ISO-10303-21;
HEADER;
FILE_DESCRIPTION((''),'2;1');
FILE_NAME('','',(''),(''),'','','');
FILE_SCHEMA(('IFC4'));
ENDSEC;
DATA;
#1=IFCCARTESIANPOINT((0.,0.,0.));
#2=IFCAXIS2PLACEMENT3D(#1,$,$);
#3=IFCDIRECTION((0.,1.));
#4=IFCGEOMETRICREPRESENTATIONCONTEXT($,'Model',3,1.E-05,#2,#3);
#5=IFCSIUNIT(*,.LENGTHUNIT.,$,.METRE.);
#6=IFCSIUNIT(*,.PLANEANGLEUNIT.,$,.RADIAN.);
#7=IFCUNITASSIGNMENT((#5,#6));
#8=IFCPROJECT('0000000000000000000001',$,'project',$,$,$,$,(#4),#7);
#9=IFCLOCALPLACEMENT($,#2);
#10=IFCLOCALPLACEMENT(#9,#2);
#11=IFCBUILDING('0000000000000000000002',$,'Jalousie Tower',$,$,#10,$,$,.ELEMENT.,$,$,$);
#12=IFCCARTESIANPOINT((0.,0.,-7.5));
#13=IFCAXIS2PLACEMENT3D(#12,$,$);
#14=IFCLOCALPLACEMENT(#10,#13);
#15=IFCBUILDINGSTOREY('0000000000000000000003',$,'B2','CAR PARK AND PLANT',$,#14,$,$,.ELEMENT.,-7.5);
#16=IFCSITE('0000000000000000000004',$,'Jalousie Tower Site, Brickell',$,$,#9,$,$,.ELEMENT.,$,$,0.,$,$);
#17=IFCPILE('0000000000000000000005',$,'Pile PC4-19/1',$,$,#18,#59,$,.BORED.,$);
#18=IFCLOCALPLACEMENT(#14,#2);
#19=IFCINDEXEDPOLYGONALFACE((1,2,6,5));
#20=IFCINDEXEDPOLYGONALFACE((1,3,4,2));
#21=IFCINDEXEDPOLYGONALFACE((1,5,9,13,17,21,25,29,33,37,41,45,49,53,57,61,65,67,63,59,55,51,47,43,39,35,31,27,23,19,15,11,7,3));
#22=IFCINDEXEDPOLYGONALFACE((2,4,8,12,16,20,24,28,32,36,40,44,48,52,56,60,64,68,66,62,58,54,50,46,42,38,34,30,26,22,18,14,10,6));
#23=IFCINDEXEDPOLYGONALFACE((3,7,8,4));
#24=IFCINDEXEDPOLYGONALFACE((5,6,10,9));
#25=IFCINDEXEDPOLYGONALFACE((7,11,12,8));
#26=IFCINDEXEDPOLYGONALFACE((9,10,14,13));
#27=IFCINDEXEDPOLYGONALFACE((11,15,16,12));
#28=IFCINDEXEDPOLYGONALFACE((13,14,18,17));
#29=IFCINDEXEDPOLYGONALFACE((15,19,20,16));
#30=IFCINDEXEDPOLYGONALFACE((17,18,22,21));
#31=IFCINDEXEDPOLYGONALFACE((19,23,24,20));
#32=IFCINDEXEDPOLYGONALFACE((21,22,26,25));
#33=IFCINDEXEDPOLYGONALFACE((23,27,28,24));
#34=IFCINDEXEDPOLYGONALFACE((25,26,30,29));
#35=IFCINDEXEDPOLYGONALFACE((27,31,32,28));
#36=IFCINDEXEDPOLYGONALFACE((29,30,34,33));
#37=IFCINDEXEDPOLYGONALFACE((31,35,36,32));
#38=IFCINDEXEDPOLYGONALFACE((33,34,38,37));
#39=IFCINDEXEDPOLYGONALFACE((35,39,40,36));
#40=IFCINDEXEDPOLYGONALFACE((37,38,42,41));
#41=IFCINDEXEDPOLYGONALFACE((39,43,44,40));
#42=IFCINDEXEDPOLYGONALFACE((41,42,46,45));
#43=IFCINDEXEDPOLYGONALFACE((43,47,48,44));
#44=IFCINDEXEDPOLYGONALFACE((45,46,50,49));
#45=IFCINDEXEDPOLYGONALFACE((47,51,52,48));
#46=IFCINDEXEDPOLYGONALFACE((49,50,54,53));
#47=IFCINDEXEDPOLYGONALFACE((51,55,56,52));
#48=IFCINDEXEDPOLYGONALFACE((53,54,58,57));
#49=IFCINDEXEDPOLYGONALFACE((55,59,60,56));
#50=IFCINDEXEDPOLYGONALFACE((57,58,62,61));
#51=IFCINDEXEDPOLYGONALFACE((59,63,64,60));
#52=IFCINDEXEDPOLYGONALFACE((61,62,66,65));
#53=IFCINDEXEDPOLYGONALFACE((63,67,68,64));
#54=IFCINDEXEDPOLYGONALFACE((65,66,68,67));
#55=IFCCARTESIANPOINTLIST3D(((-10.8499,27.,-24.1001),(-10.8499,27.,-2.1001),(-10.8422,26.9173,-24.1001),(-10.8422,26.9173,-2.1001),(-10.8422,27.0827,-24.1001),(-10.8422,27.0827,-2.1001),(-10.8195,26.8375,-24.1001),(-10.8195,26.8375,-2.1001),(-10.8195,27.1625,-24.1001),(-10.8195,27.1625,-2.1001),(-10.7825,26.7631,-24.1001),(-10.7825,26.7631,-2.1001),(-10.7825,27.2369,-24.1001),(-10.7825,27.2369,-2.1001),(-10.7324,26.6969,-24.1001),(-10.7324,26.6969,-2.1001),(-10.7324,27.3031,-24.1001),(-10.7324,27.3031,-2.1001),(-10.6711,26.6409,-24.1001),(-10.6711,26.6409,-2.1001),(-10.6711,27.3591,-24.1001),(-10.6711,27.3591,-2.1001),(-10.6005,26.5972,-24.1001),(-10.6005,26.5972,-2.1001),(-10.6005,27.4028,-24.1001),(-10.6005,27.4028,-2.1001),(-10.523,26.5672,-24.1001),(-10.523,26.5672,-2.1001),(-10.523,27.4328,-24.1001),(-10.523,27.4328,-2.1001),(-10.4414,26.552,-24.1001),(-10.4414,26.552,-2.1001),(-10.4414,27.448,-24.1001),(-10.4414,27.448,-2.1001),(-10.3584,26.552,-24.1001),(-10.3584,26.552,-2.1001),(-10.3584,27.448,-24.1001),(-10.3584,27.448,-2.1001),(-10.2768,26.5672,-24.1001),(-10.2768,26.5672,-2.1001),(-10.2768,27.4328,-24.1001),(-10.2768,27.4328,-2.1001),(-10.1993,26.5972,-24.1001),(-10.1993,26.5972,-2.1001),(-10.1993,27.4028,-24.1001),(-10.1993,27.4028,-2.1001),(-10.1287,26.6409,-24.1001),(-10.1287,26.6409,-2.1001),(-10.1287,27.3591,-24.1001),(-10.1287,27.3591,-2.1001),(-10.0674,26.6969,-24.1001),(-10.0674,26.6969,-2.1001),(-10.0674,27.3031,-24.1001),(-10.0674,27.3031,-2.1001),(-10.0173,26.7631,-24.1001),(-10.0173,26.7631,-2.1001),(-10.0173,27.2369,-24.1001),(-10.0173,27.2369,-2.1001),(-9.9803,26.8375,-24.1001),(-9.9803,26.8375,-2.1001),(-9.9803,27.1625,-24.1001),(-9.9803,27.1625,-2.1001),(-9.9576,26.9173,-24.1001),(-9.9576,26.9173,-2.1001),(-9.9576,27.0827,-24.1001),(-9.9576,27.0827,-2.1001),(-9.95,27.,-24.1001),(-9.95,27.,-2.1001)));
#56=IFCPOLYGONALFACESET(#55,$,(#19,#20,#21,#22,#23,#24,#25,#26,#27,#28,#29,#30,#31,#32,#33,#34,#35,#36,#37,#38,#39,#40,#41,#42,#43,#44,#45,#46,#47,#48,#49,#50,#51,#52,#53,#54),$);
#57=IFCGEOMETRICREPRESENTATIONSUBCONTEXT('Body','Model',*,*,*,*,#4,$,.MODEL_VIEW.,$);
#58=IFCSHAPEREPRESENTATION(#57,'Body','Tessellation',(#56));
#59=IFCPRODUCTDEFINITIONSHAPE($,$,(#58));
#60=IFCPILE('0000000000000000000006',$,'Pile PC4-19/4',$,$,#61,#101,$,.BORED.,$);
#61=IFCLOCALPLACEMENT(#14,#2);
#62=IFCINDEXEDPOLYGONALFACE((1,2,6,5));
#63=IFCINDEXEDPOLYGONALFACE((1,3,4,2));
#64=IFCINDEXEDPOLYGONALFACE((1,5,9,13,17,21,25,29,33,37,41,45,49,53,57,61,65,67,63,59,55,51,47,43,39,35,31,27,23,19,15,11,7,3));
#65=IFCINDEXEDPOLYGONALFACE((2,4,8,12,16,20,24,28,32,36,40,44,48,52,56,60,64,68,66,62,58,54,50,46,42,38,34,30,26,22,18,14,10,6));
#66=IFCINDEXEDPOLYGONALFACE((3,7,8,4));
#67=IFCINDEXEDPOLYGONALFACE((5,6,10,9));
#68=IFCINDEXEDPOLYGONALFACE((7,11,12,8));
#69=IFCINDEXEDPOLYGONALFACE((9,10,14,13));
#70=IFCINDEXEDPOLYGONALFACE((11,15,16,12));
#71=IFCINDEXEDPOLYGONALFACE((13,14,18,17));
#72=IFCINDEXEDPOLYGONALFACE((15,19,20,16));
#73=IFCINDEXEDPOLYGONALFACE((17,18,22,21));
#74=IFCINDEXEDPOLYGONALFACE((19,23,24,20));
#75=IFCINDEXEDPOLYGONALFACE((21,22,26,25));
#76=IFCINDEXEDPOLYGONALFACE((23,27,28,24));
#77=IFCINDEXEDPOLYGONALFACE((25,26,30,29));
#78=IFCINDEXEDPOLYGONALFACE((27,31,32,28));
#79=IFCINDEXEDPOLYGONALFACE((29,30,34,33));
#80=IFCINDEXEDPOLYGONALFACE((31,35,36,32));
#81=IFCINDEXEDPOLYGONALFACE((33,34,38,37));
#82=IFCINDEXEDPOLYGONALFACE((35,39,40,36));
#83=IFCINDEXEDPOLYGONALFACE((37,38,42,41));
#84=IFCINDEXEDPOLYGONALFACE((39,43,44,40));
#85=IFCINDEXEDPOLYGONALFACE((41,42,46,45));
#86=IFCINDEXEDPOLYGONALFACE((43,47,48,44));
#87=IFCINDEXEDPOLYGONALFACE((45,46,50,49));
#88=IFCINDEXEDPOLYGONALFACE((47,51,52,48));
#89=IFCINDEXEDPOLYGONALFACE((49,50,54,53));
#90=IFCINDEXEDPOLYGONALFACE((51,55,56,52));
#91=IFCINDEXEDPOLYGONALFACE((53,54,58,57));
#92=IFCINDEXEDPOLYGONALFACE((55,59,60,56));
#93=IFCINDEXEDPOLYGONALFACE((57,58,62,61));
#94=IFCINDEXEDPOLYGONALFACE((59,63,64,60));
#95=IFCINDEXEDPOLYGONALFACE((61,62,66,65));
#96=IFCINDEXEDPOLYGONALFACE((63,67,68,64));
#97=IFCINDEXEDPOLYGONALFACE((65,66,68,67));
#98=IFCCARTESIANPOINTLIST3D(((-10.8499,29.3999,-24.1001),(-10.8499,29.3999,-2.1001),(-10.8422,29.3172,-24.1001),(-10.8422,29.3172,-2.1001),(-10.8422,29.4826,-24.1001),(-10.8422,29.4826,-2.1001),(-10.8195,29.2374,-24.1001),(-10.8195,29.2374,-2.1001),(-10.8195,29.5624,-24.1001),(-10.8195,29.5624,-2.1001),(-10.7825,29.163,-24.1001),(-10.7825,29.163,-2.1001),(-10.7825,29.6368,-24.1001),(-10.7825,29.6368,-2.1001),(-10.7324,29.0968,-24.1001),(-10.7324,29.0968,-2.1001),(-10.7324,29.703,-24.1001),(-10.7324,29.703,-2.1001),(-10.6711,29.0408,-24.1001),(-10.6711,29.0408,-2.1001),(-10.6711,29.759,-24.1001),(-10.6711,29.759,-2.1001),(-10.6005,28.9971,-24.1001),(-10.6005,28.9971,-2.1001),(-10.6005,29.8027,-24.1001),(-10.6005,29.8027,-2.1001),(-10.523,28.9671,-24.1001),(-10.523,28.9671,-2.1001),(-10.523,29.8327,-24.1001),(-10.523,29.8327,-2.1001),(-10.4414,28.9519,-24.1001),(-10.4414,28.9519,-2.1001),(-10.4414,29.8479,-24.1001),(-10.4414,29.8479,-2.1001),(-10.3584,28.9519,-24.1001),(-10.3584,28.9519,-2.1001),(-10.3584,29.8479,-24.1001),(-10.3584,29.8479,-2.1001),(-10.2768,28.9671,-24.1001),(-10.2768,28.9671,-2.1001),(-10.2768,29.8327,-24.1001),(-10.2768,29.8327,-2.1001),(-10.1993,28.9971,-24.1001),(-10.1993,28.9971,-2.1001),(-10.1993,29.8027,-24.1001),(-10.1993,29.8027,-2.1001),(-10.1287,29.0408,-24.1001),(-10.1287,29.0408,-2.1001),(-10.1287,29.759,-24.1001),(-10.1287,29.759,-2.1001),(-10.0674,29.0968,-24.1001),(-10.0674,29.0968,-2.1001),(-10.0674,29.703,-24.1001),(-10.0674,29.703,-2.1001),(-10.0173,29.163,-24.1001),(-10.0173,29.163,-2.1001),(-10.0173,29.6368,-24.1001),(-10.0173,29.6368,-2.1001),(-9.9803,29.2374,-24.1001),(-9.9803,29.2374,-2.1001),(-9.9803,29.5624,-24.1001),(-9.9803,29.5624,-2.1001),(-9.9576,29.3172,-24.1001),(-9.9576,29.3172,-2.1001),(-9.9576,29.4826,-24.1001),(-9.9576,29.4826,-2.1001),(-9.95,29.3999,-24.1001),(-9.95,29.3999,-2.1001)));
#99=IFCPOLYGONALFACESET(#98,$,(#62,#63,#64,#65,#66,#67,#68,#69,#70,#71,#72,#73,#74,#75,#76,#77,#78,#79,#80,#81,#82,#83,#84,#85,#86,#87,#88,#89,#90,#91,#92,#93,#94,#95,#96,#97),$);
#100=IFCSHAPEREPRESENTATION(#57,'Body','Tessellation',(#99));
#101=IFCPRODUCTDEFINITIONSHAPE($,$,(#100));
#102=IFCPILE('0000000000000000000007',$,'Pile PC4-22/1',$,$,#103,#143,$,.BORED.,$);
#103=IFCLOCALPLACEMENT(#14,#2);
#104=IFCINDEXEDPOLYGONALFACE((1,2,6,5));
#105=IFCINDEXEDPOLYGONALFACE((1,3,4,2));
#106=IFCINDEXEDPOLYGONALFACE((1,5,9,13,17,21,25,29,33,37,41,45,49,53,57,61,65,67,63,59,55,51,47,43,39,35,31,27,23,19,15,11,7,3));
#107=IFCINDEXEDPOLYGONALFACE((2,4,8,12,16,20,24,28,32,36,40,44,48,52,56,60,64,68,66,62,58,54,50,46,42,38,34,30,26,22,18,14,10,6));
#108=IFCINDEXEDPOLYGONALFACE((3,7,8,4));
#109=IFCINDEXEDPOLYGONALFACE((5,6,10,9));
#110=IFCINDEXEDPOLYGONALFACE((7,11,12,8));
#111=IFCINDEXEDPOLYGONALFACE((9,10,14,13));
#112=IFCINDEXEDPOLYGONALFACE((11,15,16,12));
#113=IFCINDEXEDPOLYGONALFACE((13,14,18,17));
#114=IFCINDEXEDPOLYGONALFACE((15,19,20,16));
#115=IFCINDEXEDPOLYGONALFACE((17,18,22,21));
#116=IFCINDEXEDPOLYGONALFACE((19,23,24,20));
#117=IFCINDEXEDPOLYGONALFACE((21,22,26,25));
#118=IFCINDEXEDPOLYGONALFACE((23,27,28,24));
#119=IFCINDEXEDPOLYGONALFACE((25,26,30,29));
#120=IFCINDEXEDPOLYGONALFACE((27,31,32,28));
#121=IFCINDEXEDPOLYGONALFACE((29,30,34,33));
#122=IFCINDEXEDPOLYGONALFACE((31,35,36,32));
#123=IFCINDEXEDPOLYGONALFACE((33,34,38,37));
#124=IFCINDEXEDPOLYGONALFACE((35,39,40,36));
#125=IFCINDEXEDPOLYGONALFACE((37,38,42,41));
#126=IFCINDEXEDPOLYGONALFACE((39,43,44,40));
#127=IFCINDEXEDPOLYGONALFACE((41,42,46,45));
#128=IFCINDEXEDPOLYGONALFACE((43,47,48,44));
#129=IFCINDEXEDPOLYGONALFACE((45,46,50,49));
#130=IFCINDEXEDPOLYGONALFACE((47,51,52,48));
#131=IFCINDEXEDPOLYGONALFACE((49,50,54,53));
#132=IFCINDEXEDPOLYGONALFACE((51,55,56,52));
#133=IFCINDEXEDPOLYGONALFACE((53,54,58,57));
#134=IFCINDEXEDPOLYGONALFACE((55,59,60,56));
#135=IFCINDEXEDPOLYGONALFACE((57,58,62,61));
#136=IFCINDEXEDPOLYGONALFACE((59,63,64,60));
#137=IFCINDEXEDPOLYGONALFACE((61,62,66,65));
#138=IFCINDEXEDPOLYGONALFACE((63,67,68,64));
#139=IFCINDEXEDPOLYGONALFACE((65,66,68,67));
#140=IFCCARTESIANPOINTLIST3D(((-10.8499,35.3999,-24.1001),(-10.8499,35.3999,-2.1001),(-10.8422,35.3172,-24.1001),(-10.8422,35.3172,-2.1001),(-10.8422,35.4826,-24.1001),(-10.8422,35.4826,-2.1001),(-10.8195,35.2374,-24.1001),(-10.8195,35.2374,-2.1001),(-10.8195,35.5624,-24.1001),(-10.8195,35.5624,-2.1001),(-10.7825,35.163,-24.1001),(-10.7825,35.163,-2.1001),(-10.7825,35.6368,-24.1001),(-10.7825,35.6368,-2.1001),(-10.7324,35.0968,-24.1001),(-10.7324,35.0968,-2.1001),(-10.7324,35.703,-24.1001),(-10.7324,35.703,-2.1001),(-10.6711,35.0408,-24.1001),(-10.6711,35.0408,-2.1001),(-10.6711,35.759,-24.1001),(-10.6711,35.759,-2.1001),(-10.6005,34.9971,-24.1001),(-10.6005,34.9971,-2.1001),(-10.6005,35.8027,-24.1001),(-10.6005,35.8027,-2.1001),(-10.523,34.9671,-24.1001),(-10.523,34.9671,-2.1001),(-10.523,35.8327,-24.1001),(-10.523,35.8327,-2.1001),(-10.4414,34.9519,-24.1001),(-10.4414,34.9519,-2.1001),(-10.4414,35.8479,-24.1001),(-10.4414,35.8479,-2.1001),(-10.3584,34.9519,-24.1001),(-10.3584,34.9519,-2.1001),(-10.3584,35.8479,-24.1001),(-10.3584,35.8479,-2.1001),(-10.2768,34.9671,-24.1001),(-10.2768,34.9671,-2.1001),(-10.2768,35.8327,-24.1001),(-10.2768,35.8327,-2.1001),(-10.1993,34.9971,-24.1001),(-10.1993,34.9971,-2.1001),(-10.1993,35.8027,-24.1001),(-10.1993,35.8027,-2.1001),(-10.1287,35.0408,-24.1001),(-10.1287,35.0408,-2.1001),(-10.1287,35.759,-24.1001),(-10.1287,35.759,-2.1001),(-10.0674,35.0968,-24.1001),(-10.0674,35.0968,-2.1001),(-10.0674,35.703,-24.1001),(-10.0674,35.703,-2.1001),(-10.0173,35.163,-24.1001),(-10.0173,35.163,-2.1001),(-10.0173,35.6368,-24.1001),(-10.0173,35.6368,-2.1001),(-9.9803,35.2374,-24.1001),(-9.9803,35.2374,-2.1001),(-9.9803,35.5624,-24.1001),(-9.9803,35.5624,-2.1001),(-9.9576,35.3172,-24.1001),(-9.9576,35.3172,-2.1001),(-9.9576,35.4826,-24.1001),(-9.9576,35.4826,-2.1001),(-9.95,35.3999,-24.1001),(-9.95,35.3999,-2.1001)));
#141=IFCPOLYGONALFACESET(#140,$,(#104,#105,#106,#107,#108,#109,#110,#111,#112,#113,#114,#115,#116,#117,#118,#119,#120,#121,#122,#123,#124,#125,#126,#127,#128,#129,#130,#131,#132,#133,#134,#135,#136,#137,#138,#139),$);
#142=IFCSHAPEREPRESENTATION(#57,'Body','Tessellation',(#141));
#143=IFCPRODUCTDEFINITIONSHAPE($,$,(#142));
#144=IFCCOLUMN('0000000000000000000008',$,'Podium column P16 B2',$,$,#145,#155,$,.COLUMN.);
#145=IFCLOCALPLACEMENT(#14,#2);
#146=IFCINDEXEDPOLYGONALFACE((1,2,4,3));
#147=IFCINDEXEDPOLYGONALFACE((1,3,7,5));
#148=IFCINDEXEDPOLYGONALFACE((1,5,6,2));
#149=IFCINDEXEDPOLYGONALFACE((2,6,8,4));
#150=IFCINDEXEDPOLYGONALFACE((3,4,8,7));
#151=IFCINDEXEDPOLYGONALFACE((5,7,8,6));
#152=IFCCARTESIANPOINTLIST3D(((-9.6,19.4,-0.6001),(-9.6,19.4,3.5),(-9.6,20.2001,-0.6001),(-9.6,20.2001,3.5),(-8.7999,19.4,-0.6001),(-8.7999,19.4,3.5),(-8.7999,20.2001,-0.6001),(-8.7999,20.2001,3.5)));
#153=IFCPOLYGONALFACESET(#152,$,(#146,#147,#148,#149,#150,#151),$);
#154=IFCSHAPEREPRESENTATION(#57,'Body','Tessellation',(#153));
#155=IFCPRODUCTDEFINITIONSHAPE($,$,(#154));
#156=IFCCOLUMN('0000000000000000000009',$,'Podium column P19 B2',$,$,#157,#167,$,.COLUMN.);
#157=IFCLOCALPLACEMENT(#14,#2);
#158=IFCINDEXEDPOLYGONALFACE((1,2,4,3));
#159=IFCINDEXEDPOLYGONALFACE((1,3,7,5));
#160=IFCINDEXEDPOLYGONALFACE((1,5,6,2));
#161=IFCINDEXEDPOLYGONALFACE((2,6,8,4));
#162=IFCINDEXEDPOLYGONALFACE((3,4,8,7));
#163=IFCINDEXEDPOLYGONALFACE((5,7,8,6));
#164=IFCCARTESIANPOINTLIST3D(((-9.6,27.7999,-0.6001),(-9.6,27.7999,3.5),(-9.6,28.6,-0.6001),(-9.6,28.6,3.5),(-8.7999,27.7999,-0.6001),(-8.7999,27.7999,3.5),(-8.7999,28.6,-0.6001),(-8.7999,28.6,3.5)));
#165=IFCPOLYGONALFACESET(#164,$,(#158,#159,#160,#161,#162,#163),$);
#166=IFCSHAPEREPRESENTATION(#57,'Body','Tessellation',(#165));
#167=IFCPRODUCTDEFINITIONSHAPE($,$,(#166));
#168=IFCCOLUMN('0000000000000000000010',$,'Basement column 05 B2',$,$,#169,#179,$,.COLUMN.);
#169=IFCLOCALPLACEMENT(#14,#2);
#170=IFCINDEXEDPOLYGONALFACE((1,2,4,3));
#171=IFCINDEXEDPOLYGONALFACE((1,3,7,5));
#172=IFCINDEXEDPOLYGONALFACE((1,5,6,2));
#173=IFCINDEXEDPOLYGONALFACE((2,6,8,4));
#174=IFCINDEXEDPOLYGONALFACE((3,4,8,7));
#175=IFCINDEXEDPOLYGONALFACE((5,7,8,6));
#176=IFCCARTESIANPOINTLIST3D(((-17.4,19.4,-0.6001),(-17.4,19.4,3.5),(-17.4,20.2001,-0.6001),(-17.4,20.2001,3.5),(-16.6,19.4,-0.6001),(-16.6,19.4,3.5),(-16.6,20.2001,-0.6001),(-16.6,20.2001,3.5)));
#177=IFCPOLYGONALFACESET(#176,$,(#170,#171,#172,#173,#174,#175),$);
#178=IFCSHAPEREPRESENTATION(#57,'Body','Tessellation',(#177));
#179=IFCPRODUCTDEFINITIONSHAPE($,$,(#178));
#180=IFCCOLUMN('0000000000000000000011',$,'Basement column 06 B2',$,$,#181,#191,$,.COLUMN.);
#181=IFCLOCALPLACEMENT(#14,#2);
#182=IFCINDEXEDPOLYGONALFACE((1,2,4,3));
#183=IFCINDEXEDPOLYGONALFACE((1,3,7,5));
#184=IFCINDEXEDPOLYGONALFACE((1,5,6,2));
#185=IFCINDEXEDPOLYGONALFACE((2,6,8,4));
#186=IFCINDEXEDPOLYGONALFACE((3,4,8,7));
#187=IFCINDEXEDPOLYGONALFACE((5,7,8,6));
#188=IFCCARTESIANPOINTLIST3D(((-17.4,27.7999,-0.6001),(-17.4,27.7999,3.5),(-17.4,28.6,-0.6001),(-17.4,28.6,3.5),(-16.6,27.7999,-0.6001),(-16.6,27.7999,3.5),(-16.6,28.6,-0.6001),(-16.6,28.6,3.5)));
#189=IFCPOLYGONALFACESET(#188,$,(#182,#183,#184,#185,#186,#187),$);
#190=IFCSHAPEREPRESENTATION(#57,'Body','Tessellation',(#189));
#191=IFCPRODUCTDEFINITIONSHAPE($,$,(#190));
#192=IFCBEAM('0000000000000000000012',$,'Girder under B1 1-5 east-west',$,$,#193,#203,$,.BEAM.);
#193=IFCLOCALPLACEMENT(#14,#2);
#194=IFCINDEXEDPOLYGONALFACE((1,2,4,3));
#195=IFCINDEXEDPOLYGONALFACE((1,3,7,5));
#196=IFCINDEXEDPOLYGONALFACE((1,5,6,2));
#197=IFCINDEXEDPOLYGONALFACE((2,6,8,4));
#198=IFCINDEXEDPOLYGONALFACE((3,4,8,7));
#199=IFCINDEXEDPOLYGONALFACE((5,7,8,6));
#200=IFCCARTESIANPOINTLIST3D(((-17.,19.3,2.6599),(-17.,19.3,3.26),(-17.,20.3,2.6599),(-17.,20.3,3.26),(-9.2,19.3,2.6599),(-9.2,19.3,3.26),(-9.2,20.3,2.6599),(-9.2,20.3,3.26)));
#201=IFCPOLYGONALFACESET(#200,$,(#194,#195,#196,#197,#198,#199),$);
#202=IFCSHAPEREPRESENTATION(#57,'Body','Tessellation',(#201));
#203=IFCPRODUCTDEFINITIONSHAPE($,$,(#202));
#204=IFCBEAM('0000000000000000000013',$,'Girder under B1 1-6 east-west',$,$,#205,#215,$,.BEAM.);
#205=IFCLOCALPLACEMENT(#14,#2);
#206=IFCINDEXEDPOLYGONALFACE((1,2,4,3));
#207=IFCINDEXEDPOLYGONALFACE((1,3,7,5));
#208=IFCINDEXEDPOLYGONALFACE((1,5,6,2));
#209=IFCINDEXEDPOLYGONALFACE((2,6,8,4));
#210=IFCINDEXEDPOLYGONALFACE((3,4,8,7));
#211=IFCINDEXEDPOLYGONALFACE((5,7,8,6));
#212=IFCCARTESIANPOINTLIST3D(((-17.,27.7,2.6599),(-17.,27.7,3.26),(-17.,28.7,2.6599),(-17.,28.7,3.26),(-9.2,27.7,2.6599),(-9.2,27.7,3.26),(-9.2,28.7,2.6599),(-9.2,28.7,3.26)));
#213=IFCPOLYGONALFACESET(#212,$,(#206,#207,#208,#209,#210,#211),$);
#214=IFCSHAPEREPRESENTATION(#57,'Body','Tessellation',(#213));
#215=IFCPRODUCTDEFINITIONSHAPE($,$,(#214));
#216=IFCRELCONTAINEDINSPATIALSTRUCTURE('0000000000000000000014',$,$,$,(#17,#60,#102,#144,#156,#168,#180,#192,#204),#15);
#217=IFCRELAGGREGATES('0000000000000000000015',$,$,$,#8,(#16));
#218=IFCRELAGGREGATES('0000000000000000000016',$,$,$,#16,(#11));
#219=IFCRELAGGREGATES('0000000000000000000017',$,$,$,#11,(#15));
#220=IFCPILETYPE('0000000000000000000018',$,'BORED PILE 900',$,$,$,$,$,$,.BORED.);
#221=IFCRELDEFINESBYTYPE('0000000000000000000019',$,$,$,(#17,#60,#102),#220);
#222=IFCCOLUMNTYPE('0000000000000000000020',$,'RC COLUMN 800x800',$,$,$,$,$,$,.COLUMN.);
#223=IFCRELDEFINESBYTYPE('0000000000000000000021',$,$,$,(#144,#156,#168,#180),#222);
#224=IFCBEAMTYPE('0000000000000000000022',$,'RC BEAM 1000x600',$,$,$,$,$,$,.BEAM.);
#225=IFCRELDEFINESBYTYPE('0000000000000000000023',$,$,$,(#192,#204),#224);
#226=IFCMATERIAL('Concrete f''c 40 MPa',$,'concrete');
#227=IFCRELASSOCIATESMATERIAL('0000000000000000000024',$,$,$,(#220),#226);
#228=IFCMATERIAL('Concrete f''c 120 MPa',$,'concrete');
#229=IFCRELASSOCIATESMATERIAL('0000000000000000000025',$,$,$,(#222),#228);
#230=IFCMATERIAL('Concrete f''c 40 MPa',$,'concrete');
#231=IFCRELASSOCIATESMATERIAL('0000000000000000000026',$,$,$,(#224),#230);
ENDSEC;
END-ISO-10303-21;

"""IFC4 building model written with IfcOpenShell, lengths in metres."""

from ifc_helpers import new_model, si_unit, direction, frame, origin, origin_2d, place, context, subcontext, project, spatial, rectangle, circle, extrude, material, material_profile, profile_set, type_object, element, save


model = new_model("IFC4")

# Units and contexts
model_context = context("Model", 3, precision=1e-05, world=origin(), true_north=direction((0.0, 1.0)))
body_context = subcontext(model_context, "Body", "Model", "MODEL_VIEW")
ifc_project = project(units=[si_unit("LENGTHUNIT", "METRE"), si_unit("PLANEANGLEUNIT", "RADIAN")], contexts=[model_context])

# Site, building, storey
site_placement = place(None, origin())
site = spatial("IfcSite", under=ifc_project, at=site_placement, Name="Jalousie Tower Site, Brickell", CompositionType="ELEMENT", RefElevation=0.0)
building_placement = place(site_placement, origin())
building = spatial("IfcBuilding", under=site, at=building_placement, Name="Jalousie Tower", CompositionType="ELEMENT")
storey_placement = place(building_placement, frame((0.0, 0.0, -7.5)))
storey = spatial("IfcBuildingStorey", under=building, at=storey_placement, Name="B2", Description="CAR PARK AND PLANT", CompositionType="ELEMENT", Elevation=-7.5)

# Piles
ifc_material_1 = material(Name="Concrete f'c 40 MPa", Category="concrete")
ifc_material_profile_1 = material_profile(ifc_material_1, circle(Radius=0.45, at=origin_2d()), Name="BORED PILE D900")
ifc_profile_set_1 = profile_set([ifc_material_profile_1], Name="Concrete f'c 40 MPa")
pile_type = type_object("IfcPileType", Name="BORED PILE 900", PredefinedType="BORED", material=ifc_profile_set_1)
for number, where, z_axis, x_axis, name in (
    (1, (-10.3999, 27.0, -2.1001), (0.0, 0.0, -1.0), (1.0, 0.0, 0.0), "Pile PC4-19/1"),
    (2, (-10.3999, 29.3999, -2.1001), (0.0, 0.0, -1.0), (1.0, 0.0, 0.0), "Pile PC4-19/4"),
    (3, (-10.3999, 35.3999, -2.1001), (0.0, 0.0, -1.0), (1.0, 0.0, 0.0), "Pile PC4-22/1"),
):
    element("IfcPile", number, at=place(storey_placement, frame(where, z_axis=z_axis, x_axis=x_axis)), inside=storey, type_object=pile_type, Name=name, PredefinedType="BORED", context=body_context, shape_type="SweptSolid", body=[
        extrude(circle(Radius=0.45, at=origin_2d()), origin(), (0.0, 0.0, 1.0), 22.0),
    ])

# Columns
ifc_material_2 = material(Name="Concrete f'c 120 MPa", Category="concrete")
ifc_material_profile_2 = material_profile(ifc_material_2, rectangle(XDim=0.8, YDim=0.8, at=origin_2d()), Name="RC 800x800")
ifc_profile_set_2 = profile_set([ifc_material_profile_2], Name="Concrete f'c 120 MPa")
column_type = type_object("IfcColumnType", Name="RC COLUMN 800x800", PredefinedType="COLUMN", material=ifc_profile_set_2)
for number, where, z_axis, x_axis, name in (
    (4, (-9.2, 19.8, -0.6001), (0.0, 0.0, 1.0), (1.0, 0.0, 0.0), "Podium column P16 B2"),
    (5, (-9.2, 28.2, -0.6001), (0.0, 0.0, 1.0), (1.0, 0.0, 0.0), "Podium column P19 B2"),
    (6, (-17.0, 19.8, -0.6001), (0.0, 0.0, 1.0), (1.0, 0.0, 0.0), "Basement column 05 B2"),
    (7, (-17.0, 28.2, -0.6001), (0.0, 0.0, 1.0), (1.0, 0.0, 0.0), "Basement column 06 B2"),
):
    element("IfcColumn", number, at=place(storey_placement, frame(where, z_axis=z_axis, x_axis=x_axis)), inside=storey, type_object=column_type, Name=name, PredefinedType="COLUMN", context=body_context, shape_type="SweptSolid", body=[
        extrude(rectangle(XDim=0.8, YDim=0.8, at=origin_2d()), origin(), (0.0, 0.0, 1.0), 4.1001),
    ])

# Beams
ifc_material_3 = material(Name="Concrete f'c 40 MPa", Category="concrete")
ifc_material_profile_3 = material_profile(ifc_material_3, rectangle(XDim=1.0, YDim=0.6001, at=origin_2d()), Name="RC 1000x600")
ifc_profile_set_3 = profile_set([ifc_material_profile_3], Name="Concrete f'c 40 MPa")
beam_type_1 = type_object("IfcBeamType", Name="RC BEAM 1000x600", PredefinedType="BEAM", material=ifc_profile_set_3)
for number, where, z_axis, x_axis, name in (
    (8, (-17.0, 19.8, 2.96), (1.0, 0.0, 0.0), (0.0, 1.0, 0.0), "Girder under B1 1-5 east-west"),
    (9, (-17.0, 28.2, 2.96), (1.0, 0.0, 0.0), (0.0, 1.0, 0.0), "Girder under B1 1-6 east-west"),
):
    element("IfcBeam", number, at=place(storey_placement, frame(where, z_axis=z_axis, x_axis=x_axis)), inside=storey, type_object=beam_type_1, Name=name, PredefinedType="BEAM", context=body_context, shape_type="SweptSolid", body=[
        extrude(rectangle(XDim=1.0, YDim=0.6001, at=origin_2d()), origin(), (0.0, 0.0, 1.0), 7.8),
    ])

save(model, "model.ifc")
